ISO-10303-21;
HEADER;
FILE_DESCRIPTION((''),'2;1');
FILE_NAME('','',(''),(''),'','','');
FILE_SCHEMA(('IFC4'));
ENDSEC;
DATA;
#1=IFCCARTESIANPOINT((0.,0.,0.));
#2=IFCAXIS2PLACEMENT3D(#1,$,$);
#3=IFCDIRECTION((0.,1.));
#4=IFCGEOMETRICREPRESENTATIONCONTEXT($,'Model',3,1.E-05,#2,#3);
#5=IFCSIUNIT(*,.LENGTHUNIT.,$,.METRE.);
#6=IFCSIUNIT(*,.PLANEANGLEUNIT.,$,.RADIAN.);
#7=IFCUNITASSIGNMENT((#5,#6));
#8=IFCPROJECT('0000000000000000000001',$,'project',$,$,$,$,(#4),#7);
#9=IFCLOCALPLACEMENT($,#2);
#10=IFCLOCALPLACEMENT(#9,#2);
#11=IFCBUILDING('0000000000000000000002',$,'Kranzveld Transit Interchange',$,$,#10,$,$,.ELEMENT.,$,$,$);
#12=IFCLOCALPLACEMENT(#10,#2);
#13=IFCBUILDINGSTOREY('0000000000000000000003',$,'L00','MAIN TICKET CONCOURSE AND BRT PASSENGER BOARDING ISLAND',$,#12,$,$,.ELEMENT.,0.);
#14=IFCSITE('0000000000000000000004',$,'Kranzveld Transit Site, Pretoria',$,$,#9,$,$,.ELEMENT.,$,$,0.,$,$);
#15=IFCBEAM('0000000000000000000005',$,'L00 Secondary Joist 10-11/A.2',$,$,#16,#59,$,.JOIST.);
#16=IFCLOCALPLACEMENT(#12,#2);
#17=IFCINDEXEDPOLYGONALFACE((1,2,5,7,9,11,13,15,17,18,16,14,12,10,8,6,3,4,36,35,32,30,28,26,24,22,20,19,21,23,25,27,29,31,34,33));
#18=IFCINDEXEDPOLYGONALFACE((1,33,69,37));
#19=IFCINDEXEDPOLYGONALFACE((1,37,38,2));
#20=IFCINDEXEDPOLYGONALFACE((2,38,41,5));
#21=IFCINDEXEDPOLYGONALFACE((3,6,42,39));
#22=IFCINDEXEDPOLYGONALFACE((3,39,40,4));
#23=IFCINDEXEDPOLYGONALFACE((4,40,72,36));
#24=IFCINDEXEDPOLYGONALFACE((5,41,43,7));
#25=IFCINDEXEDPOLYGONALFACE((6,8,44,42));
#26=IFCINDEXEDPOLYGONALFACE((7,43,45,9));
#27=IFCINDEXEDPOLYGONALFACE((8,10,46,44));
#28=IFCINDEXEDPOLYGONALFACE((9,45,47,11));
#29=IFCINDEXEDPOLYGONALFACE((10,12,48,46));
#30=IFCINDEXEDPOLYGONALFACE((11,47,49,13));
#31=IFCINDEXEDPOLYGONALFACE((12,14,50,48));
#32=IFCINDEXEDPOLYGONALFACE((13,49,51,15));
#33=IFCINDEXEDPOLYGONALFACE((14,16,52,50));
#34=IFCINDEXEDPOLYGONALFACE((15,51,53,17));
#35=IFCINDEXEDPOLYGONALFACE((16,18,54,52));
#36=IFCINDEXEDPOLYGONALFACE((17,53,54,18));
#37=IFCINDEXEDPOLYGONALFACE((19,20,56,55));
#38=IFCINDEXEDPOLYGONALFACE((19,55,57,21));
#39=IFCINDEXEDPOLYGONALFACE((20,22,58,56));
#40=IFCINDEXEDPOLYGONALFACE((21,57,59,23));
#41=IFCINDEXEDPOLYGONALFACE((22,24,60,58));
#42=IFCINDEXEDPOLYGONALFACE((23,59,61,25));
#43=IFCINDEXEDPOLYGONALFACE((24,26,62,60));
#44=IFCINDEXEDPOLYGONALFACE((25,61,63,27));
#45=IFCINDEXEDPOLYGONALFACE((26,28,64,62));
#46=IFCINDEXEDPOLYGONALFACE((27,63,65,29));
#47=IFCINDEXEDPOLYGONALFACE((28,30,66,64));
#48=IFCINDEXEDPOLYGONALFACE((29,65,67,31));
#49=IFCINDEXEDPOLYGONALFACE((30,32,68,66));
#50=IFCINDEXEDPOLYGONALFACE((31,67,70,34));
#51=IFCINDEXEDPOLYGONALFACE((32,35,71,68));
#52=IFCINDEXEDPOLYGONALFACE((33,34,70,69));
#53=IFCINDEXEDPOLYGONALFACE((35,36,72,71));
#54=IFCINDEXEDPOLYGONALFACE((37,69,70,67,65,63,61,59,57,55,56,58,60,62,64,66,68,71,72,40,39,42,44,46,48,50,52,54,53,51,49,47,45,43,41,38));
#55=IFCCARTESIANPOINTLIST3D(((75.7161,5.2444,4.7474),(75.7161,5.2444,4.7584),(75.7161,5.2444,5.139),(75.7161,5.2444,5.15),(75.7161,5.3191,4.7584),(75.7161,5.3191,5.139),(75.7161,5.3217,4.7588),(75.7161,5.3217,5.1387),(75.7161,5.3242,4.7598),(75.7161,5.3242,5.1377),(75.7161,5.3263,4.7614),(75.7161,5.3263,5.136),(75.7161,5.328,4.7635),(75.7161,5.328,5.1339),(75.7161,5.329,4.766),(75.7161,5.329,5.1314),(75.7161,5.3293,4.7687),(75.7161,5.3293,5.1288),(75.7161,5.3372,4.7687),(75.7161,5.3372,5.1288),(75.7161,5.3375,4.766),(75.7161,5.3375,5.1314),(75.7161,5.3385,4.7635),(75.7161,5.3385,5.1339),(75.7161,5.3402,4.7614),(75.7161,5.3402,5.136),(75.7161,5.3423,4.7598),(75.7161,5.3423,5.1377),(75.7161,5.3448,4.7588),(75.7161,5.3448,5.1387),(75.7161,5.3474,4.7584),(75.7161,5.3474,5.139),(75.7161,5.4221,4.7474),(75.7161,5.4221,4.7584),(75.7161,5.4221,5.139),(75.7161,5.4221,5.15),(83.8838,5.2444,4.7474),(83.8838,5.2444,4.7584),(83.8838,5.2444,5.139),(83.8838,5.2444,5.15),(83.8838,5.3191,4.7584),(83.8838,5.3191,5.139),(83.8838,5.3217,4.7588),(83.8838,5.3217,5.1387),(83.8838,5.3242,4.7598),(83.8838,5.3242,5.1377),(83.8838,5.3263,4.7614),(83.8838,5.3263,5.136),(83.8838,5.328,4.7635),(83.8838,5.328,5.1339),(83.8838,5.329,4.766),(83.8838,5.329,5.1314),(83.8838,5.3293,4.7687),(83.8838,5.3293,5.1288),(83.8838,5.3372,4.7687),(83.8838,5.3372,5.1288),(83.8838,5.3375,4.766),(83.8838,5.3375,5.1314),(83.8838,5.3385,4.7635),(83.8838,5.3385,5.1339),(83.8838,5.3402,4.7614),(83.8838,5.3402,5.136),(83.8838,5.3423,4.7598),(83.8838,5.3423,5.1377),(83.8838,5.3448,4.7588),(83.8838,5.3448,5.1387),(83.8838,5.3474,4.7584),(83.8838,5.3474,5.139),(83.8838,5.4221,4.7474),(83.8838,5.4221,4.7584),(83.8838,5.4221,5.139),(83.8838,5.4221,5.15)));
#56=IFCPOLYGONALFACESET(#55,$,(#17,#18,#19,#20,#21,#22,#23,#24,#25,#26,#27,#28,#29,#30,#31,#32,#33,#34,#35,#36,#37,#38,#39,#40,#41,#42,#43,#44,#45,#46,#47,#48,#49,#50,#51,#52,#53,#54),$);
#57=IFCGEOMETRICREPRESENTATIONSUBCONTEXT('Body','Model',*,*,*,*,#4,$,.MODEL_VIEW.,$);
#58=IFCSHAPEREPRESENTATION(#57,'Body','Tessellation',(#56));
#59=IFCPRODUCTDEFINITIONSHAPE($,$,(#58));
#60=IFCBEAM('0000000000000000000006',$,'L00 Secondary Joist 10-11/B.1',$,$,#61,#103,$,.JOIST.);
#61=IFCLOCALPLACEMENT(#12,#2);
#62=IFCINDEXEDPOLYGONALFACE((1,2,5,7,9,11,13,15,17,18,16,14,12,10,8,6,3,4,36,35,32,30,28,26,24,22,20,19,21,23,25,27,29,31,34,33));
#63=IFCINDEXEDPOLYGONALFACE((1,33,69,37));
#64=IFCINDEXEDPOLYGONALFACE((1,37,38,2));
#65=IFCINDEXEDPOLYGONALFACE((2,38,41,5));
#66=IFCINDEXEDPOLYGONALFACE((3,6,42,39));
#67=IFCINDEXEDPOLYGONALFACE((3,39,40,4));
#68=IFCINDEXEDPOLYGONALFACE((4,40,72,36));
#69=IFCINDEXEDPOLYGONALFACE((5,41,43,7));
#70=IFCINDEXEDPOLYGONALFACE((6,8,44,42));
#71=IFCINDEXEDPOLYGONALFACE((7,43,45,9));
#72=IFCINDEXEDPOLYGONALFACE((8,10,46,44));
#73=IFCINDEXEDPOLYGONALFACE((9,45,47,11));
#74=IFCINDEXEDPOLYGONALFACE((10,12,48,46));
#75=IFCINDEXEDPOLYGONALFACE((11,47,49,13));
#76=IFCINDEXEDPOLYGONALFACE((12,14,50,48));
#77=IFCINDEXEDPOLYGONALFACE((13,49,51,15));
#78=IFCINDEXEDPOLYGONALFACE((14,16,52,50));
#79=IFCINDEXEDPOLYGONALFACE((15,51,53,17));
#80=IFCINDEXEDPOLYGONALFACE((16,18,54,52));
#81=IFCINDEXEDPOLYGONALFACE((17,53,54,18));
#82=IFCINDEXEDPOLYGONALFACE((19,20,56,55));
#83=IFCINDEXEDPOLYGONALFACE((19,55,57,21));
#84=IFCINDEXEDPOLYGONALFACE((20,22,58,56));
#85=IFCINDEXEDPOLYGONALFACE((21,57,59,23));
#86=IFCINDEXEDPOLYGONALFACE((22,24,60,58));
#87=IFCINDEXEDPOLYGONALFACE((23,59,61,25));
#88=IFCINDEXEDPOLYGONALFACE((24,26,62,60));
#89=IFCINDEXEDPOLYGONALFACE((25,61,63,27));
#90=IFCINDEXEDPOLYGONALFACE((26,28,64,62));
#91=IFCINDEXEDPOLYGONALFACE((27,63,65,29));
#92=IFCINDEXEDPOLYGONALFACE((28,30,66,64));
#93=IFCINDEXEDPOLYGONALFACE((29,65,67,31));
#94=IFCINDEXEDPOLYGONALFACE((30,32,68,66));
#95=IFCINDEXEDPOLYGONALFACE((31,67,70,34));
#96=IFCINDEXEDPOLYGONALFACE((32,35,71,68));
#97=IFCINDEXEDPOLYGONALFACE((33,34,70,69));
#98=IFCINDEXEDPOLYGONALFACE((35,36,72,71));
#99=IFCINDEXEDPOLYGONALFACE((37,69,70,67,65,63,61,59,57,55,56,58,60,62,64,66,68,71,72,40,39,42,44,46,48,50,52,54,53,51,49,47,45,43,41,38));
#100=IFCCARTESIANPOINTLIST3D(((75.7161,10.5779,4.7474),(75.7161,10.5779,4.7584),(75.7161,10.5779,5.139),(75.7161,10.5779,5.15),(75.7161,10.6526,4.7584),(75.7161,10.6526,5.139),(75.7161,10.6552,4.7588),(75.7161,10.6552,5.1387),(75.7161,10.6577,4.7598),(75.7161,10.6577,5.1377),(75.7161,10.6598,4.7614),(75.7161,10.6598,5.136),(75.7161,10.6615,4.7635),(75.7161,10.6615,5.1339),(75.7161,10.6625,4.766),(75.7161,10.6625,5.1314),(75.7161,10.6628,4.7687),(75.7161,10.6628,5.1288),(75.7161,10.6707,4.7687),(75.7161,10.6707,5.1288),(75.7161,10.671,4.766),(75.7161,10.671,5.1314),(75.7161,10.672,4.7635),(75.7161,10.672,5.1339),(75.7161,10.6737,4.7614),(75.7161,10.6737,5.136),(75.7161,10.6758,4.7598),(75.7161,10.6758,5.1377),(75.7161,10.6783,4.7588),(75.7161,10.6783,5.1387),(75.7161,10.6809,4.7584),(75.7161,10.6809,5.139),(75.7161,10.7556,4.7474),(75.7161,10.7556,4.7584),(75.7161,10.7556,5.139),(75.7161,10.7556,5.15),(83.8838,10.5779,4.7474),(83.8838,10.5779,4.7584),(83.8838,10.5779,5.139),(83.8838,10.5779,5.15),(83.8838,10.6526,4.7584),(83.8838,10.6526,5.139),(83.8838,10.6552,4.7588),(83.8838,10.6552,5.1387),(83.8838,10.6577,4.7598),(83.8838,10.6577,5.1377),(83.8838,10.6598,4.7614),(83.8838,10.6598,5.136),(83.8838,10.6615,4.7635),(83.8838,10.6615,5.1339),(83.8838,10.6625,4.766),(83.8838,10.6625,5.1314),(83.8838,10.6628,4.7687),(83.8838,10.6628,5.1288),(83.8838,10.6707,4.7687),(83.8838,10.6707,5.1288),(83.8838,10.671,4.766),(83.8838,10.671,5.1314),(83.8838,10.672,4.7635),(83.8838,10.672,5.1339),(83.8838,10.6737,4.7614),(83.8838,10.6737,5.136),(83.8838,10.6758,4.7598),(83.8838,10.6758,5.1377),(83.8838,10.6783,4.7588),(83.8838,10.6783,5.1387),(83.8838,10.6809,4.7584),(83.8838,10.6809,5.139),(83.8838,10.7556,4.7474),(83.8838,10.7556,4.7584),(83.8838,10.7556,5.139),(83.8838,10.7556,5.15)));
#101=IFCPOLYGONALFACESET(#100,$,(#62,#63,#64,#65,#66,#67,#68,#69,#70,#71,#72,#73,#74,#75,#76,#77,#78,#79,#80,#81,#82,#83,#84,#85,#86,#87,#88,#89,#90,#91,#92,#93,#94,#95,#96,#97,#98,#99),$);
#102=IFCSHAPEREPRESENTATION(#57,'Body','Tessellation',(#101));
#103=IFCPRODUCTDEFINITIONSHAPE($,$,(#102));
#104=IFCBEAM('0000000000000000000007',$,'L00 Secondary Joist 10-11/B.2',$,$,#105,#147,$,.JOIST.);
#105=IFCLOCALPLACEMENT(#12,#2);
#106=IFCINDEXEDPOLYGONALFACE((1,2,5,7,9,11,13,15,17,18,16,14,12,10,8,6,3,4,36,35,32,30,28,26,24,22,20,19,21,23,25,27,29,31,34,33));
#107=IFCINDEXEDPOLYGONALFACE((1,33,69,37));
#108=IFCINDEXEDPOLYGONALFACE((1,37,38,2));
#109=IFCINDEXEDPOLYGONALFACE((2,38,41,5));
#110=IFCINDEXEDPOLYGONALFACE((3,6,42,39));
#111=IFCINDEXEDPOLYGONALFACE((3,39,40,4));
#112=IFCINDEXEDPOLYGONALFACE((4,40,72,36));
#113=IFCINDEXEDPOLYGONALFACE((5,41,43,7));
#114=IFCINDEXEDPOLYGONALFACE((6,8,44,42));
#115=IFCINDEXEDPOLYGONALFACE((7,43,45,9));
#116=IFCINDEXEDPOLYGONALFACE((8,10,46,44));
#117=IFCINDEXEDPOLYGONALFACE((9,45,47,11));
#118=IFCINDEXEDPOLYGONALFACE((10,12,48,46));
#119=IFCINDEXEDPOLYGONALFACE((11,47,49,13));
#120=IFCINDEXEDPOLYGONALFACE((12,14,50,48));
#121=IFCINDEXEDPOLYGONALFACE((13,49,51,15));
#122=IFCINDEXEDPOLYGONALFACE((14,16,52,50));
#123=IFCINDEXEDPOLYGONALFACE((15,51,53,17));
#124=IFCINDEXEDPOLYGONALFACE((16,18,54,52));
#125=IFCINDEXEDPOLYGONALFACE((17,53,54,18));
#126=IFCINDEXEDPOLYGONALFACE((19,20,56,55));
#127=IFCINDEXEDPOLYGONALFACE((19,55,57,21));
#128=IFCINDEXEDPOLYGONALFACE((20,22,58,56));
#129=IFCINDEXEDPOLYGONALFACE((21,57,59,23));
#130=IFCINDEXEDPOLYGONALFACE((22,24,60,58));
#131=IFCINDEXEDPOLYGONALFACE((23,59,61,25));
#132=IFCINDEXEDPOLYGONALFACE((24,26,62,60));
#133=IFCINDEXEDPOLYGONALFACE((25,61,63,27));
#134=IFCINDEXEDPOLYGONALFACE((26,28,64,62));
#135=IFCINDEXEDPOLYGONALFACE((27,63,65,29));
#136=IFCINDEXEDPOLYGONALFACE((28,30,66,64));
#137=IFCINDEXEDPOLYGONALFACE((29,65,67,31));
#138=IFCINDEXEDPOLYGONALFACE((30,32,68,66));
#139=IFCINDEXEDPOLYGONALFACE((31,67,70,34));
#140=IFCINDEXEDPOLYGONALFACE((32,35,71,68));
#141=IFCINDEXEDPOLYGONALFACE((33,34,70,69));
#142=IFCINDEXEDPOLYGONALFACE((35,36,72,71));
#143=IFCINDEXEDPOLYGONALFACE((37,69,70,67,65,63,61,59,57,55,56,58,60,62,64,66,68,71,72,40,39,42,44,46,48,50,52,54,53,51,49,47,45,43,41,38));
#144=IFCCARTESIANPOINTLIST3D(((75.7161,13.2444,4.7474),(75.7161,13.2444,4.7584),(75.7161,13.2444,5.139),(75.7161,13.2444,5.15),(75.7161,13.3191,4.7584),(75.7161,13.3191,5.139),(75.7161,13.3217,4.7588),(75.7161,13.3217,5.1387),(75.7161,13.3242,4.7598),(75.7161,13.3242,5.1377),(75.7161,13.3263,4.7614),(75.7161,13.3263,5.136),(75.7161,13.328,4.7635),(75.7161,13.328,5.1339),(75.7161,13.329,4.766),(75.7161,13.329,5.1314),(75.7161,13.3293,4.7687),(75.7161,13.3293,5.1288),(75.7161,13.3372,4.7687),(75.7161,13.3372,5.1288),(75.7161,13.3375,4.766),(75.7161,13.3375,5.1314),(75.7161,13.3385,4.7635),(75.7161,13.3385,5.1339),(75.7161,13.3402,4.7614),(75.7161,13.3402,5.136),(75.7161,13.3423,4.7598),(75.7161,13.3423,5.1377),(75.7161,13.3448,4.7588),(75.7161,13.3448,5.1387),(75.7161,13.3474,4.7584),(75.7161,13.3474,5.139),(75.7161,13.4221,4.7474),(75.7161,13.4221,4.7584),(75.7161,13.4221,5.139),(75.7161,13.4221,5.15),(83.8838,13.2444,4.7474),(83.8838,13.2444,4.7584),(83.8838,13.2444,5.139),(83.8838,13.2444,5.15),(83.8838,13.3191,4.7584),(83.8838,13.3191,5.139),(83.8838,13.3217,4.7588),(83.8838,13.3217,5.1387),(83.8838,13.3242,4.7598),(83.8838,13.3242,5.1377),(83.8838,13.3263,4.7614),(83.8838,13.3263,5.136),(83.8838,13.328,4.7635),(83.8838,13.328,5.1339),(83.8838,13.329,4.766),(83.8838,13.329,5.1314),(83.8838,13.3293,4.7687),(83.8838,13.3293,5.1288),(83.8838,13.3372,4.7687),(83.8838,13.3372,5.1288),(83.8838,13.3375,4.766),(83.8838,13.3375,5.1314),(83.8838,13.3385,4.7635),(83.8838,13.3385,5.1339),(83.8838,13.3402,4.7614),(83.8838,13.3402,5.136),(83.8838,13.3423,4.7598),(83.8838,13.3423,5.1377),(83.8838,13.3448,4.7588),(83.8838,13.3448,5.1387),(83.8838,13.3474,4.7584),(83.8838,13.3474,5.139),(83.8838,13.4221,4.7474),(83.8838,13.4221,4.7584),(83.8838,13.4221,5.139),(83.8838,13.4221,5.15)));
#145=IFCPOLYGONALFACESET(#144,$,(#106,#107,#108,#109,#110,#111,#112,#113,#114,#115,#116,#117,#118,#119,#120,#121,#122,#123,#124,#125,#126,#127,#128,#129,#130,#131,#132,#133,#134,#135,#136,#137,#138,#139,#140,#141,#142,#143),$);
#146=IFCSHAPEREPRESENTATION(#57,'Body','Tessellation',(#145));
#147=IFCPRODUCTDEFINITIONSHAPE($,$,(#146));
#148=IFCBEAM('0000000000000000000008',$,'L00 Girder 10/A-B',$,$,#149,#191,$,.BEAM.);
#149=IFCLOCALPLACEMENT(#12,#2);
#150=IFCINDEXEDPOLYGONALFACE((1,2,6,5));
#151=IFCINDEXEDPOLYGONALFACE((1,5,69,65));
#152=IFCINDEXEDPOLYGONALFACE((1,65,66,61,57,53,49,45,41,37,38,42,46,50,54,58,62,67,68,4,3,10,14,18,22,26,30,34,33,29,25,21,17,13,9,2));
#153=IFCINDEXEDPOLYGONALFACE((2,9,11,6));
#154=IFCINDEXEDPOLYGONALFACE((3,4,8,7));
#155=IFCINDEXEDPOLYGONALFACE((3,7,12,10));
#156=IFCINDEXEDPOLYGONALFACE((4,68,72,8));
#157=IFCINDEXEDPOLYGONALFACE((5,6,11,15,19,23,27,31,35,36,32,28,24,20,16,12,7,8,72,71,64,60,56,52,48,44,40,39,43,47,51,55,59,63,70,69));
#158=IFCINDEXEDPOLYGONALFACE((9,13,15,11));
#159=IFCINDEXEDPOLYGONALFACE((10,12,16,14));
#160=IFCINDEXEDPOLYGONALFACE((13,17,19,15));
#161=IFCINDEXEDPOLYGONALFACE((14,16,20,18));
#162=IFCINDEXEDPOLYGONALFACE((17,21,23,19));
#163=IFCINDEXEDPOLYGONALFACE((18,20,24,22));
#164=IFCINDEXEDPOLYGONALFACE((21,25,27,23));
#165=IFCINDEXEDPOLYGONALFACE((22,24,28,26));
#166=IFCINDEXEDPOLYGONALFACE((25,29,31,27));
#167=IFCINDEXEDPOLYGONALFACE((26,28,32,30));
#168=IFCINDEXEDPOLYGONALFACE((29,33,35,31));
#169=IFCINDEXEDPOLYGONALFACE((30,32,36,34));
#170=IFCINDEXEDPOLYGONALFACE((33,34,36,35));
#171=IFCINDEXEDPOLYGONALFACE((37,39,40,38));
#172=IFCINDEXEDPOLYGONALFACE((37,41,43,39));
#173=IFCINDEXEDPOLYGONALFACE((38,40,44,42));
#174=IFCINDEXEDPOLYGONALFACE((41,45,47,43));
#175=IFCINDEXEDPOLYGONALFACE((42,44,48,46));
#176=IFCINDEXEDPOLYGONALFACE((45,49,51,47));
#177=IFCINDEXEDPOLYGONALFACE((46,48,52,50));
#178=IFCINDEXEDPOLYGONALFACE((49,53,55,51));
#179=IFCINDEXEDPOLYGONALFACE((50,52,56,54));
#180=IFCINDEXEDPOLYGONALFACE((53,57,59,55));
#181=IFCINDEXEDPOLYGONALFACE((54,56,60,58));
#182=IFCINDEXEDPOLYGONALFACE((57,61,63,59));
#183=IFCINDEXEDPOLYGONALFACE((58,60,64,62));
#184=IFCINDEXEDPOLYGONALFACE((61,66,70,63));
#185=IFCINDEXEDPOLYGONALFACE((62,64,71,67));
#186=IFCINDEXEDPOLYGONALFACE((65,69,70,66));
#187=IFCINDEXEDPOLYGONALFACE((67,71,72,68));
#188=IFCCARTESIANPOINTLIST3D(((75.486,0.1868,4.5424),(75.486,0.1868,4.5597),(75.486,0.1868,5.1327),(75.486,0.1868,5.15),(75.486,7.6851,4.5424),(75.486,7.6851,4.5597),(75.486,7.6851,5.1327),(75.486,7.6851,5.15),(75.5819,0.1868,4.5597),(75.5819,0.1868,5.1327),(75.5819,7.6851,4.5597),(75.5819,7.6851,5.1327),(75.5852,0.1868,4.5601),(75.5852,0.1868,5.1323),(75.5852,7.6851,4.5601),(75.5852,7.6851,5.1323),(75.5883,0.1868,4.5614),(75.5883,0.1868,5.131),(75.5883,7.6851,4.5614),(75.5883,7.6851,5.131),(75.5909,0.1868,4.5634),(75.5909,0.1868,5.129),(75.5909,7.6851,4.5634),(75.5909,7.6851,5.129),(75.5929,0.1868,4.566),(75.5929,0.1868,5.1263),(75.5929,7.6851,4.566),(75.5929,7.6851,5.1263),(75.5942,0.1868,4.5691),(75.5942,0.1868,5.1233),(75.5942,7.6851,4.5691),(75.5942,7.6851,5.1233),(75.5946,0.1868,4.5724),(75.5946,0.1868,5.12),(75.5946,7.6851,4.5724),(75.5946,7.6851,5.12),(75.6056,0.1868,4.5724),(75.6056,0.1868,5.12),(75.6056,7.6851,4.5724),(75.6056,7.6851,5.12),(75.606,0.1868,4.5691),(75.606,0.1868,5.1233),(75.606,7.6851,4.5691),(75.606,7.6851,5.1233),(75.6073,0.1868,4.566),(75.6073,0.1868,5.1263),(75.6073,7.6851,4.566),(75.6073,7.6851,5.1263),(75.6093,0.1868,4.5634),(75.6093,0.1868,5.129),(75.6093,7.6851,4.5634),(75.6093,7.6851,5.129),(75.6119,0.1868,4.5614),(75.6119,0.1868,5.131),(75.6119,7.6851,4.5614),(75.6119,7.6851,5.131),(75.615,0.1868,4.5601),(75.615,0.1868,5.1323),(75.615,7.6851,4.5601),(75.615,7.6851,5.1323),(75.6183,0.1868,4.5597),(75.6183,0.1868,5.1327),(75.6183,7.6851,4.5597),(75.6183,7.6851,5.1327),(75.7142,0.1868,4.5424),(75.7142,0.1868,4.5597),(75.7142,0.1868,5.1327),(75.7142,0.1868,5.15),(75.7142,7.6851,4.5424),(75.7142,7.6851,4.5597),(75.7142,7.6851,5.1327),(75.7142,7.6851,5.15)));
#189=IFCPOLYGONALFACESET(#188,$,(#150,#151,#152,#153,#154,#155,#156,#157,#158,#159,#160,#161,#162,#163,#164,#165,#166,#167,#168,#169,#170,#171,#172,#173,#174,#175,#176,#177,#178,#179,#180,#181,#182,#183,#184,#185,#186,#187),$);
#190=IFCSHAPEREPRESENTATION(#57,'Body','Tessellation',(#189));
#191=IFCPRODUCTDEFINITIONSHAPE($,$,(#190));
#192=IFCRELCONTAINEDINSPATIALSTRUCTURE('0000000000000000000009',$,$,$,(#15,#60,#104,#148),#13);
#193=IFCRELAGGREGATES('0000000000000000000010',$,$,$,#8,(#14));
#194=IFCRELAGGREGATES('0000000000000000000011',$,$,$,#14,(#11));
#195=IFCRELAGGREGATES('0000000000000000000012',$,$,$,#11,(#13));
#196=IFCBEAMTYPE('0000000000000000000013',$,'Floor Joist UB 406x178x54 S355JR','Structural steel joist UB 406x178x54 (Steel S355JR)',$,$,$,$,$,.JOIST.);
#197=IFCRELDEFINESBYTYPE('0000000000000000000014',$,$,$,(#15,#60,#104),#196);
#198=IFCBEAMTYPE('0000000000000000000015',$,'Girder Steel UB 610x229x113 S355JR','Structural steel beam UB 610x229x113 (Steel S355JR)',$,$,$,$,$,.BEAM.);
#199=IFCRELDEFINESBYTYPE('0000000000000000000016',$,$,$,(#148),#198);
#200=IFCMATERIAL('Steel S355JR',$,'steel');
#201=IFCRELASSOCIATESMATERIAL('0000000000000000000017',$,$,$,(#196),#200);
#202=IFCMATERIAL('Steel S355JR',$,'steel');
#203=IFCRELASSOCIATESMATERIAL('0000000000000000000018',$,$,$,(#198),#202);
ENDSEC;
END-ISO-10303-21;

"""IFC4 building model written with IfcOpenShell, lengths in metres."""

from ifc_helpers import new_model, si_unit, direction, frame, origin, origin_2d, place, context, subcontext, project, spatial, i_section, extrude, material, material_profile, profile_set, type_object, element, save


model = new_model("IFC4")

# Units and contexts
model_context = context("Model", 3, precision=1e-05, world=origin(), true_north=direction((0.0, 1.0)))
body_context = subcontext(model_context, "Body", "Model", "MODEL_VIEW")
ifc_project = project(units=[si_unit("LENGTHUNIT", "METRE"), si_unit("PLANEANGLEUNIT", "RADIAN")], contexts=[model_context])

# Site, building, storey
site_placement = place(None, origin())
site = spatial("IfcSite", under=ifc_project, at=site_placement, Name="Kranzveld Transit Site, Pretoria", CompositionType="ELEMENT", RefElevation=0.0)
building_placement = place(site_placement, origin())
building = spatial("IfcBuilding", under=site, at=building_placement, Name="Kranzveld Transit Interchange", CompositionType="ELEMENT")
storey_placement = place(building_placement, origin())
storey = spatial("IfcBuildingStorey", under=building, at=storey_placement, Name="L00", Description="MAIN TICKET CONCOURSE AND BRT PASSENGER BOARDING ISLAND", CompositionType="ELEMENT", Elevation=0.0)

# Beams
ifc_material_1 = material(Name="Steel S355JR", Category="steel")
ifc_material_profile_1 = material_profile(ifc_material_1, i_section(OverallWidth=0.1777, OverallDepth=0.4026, WebThickness=0.0078, FlangeThickness=0.011, FilletRadius=0.0103, at=origin_2d()), Name="UB 406x178x54")
ifc_profile_set_1 = profile_set([ifc_material_profile_1], Name="Steel S355JR")
beam_type_1 = type_object("IfcBeamType", Name="Floor Joist UB 406x178x54 S355JR", Description="Structural steel joist UB 406x178x54 (Steel S355JR)", PredefinedType="JOIST", material=ifc_profile_set_1)
for number, where, z_axis, x_axis, name in (
    (1, (75.7161, 5.3333, 4.9487), (1.0, 0.0, 0.0), (0.0, 1.0, 0.0), "L00 Secondary Joist 10-11/A.2"),
    (2, (75.7161, 10.6667, 4.9487), (1.0, 0.0, 0.0), (0.0, 1.0, 0.0), "L00 Secondary Joist 10-11/B.1"),
    (3, (75.7161, 13.3333, 4.9487), (1.0, 0.0, 0.0), (0.0, 1.0, 0.0), "L00 Secondary Joist 10-11/B.2"),
):
    element("IfcBeam", number, at=place(storey_placement, frame(where, z_axis=z_axis, x_axis=x_axis)), inside=storey, type_object=beam_type_1, Name=name, PredefinedType="JOIST", context=body_context, shape_type="SweptSolid", body=[
        extrude(i_section(OverallWidth=0.1777, OverallDepth=0.4026, WebThickness=0.0078, FlangeThickness=0.011, FilletRadius=0.0103, at=origin_2d()), origin(), (0.0, 0.0, 1.0), 8.1677),
    ])
ifc_material_2 = material(Name="Steel S355JR", Category="steel")
ifc_material_profile_2 = material_profile(ifc_material_2, i_section(OverallWidth=0.2283, OverallDepth=0.6077, WebThickness=0.011, FlangeThickness=0.0173, FilletRadius=0.0127, at=origin_2d()), Name="UB 610x229x113")
ifc_profile_set_2 = profile_set([ifc_material_profile_2], Name="Steel S355JR")
beam_type_2 = type_object("IfcBeamType", Name="Girder Steel UB 610x229x113 S355JR", Description="Structural steel beam UB 610x229x113 (Steel S355JR)", PredefinedType="BEAM", material=ifc_profile_set_2)
for number, where, z_axis, x_axis, name in (
    (4, (75.6001, 0.1868, 4.8462), (0.0, 1.0, 0.0), (-1.0, 0.0, 0.0), "L00 Girder 10/A-B"),
):
    element("IfcBeam", number, at=place(storey_placement, frame(where, z_axis=z_axis, x_axis=x_axis)), inside=storey, type_object=beam_type_2, Name=name, PredefinedType="BEAM", context=body_context, shape_type="SweptSolid", body=[
        extrude(i_section(OverallWidth=0.2283, OverallDepth=0.6077, WebThickness=0.011, FlangeThickness=0.0173, FilletRadius=0.0127, at=origin_2d()), origin(), (0.0, 0.0, 1.0), 7.4983),
    ])

save(model, "model.ifc")
